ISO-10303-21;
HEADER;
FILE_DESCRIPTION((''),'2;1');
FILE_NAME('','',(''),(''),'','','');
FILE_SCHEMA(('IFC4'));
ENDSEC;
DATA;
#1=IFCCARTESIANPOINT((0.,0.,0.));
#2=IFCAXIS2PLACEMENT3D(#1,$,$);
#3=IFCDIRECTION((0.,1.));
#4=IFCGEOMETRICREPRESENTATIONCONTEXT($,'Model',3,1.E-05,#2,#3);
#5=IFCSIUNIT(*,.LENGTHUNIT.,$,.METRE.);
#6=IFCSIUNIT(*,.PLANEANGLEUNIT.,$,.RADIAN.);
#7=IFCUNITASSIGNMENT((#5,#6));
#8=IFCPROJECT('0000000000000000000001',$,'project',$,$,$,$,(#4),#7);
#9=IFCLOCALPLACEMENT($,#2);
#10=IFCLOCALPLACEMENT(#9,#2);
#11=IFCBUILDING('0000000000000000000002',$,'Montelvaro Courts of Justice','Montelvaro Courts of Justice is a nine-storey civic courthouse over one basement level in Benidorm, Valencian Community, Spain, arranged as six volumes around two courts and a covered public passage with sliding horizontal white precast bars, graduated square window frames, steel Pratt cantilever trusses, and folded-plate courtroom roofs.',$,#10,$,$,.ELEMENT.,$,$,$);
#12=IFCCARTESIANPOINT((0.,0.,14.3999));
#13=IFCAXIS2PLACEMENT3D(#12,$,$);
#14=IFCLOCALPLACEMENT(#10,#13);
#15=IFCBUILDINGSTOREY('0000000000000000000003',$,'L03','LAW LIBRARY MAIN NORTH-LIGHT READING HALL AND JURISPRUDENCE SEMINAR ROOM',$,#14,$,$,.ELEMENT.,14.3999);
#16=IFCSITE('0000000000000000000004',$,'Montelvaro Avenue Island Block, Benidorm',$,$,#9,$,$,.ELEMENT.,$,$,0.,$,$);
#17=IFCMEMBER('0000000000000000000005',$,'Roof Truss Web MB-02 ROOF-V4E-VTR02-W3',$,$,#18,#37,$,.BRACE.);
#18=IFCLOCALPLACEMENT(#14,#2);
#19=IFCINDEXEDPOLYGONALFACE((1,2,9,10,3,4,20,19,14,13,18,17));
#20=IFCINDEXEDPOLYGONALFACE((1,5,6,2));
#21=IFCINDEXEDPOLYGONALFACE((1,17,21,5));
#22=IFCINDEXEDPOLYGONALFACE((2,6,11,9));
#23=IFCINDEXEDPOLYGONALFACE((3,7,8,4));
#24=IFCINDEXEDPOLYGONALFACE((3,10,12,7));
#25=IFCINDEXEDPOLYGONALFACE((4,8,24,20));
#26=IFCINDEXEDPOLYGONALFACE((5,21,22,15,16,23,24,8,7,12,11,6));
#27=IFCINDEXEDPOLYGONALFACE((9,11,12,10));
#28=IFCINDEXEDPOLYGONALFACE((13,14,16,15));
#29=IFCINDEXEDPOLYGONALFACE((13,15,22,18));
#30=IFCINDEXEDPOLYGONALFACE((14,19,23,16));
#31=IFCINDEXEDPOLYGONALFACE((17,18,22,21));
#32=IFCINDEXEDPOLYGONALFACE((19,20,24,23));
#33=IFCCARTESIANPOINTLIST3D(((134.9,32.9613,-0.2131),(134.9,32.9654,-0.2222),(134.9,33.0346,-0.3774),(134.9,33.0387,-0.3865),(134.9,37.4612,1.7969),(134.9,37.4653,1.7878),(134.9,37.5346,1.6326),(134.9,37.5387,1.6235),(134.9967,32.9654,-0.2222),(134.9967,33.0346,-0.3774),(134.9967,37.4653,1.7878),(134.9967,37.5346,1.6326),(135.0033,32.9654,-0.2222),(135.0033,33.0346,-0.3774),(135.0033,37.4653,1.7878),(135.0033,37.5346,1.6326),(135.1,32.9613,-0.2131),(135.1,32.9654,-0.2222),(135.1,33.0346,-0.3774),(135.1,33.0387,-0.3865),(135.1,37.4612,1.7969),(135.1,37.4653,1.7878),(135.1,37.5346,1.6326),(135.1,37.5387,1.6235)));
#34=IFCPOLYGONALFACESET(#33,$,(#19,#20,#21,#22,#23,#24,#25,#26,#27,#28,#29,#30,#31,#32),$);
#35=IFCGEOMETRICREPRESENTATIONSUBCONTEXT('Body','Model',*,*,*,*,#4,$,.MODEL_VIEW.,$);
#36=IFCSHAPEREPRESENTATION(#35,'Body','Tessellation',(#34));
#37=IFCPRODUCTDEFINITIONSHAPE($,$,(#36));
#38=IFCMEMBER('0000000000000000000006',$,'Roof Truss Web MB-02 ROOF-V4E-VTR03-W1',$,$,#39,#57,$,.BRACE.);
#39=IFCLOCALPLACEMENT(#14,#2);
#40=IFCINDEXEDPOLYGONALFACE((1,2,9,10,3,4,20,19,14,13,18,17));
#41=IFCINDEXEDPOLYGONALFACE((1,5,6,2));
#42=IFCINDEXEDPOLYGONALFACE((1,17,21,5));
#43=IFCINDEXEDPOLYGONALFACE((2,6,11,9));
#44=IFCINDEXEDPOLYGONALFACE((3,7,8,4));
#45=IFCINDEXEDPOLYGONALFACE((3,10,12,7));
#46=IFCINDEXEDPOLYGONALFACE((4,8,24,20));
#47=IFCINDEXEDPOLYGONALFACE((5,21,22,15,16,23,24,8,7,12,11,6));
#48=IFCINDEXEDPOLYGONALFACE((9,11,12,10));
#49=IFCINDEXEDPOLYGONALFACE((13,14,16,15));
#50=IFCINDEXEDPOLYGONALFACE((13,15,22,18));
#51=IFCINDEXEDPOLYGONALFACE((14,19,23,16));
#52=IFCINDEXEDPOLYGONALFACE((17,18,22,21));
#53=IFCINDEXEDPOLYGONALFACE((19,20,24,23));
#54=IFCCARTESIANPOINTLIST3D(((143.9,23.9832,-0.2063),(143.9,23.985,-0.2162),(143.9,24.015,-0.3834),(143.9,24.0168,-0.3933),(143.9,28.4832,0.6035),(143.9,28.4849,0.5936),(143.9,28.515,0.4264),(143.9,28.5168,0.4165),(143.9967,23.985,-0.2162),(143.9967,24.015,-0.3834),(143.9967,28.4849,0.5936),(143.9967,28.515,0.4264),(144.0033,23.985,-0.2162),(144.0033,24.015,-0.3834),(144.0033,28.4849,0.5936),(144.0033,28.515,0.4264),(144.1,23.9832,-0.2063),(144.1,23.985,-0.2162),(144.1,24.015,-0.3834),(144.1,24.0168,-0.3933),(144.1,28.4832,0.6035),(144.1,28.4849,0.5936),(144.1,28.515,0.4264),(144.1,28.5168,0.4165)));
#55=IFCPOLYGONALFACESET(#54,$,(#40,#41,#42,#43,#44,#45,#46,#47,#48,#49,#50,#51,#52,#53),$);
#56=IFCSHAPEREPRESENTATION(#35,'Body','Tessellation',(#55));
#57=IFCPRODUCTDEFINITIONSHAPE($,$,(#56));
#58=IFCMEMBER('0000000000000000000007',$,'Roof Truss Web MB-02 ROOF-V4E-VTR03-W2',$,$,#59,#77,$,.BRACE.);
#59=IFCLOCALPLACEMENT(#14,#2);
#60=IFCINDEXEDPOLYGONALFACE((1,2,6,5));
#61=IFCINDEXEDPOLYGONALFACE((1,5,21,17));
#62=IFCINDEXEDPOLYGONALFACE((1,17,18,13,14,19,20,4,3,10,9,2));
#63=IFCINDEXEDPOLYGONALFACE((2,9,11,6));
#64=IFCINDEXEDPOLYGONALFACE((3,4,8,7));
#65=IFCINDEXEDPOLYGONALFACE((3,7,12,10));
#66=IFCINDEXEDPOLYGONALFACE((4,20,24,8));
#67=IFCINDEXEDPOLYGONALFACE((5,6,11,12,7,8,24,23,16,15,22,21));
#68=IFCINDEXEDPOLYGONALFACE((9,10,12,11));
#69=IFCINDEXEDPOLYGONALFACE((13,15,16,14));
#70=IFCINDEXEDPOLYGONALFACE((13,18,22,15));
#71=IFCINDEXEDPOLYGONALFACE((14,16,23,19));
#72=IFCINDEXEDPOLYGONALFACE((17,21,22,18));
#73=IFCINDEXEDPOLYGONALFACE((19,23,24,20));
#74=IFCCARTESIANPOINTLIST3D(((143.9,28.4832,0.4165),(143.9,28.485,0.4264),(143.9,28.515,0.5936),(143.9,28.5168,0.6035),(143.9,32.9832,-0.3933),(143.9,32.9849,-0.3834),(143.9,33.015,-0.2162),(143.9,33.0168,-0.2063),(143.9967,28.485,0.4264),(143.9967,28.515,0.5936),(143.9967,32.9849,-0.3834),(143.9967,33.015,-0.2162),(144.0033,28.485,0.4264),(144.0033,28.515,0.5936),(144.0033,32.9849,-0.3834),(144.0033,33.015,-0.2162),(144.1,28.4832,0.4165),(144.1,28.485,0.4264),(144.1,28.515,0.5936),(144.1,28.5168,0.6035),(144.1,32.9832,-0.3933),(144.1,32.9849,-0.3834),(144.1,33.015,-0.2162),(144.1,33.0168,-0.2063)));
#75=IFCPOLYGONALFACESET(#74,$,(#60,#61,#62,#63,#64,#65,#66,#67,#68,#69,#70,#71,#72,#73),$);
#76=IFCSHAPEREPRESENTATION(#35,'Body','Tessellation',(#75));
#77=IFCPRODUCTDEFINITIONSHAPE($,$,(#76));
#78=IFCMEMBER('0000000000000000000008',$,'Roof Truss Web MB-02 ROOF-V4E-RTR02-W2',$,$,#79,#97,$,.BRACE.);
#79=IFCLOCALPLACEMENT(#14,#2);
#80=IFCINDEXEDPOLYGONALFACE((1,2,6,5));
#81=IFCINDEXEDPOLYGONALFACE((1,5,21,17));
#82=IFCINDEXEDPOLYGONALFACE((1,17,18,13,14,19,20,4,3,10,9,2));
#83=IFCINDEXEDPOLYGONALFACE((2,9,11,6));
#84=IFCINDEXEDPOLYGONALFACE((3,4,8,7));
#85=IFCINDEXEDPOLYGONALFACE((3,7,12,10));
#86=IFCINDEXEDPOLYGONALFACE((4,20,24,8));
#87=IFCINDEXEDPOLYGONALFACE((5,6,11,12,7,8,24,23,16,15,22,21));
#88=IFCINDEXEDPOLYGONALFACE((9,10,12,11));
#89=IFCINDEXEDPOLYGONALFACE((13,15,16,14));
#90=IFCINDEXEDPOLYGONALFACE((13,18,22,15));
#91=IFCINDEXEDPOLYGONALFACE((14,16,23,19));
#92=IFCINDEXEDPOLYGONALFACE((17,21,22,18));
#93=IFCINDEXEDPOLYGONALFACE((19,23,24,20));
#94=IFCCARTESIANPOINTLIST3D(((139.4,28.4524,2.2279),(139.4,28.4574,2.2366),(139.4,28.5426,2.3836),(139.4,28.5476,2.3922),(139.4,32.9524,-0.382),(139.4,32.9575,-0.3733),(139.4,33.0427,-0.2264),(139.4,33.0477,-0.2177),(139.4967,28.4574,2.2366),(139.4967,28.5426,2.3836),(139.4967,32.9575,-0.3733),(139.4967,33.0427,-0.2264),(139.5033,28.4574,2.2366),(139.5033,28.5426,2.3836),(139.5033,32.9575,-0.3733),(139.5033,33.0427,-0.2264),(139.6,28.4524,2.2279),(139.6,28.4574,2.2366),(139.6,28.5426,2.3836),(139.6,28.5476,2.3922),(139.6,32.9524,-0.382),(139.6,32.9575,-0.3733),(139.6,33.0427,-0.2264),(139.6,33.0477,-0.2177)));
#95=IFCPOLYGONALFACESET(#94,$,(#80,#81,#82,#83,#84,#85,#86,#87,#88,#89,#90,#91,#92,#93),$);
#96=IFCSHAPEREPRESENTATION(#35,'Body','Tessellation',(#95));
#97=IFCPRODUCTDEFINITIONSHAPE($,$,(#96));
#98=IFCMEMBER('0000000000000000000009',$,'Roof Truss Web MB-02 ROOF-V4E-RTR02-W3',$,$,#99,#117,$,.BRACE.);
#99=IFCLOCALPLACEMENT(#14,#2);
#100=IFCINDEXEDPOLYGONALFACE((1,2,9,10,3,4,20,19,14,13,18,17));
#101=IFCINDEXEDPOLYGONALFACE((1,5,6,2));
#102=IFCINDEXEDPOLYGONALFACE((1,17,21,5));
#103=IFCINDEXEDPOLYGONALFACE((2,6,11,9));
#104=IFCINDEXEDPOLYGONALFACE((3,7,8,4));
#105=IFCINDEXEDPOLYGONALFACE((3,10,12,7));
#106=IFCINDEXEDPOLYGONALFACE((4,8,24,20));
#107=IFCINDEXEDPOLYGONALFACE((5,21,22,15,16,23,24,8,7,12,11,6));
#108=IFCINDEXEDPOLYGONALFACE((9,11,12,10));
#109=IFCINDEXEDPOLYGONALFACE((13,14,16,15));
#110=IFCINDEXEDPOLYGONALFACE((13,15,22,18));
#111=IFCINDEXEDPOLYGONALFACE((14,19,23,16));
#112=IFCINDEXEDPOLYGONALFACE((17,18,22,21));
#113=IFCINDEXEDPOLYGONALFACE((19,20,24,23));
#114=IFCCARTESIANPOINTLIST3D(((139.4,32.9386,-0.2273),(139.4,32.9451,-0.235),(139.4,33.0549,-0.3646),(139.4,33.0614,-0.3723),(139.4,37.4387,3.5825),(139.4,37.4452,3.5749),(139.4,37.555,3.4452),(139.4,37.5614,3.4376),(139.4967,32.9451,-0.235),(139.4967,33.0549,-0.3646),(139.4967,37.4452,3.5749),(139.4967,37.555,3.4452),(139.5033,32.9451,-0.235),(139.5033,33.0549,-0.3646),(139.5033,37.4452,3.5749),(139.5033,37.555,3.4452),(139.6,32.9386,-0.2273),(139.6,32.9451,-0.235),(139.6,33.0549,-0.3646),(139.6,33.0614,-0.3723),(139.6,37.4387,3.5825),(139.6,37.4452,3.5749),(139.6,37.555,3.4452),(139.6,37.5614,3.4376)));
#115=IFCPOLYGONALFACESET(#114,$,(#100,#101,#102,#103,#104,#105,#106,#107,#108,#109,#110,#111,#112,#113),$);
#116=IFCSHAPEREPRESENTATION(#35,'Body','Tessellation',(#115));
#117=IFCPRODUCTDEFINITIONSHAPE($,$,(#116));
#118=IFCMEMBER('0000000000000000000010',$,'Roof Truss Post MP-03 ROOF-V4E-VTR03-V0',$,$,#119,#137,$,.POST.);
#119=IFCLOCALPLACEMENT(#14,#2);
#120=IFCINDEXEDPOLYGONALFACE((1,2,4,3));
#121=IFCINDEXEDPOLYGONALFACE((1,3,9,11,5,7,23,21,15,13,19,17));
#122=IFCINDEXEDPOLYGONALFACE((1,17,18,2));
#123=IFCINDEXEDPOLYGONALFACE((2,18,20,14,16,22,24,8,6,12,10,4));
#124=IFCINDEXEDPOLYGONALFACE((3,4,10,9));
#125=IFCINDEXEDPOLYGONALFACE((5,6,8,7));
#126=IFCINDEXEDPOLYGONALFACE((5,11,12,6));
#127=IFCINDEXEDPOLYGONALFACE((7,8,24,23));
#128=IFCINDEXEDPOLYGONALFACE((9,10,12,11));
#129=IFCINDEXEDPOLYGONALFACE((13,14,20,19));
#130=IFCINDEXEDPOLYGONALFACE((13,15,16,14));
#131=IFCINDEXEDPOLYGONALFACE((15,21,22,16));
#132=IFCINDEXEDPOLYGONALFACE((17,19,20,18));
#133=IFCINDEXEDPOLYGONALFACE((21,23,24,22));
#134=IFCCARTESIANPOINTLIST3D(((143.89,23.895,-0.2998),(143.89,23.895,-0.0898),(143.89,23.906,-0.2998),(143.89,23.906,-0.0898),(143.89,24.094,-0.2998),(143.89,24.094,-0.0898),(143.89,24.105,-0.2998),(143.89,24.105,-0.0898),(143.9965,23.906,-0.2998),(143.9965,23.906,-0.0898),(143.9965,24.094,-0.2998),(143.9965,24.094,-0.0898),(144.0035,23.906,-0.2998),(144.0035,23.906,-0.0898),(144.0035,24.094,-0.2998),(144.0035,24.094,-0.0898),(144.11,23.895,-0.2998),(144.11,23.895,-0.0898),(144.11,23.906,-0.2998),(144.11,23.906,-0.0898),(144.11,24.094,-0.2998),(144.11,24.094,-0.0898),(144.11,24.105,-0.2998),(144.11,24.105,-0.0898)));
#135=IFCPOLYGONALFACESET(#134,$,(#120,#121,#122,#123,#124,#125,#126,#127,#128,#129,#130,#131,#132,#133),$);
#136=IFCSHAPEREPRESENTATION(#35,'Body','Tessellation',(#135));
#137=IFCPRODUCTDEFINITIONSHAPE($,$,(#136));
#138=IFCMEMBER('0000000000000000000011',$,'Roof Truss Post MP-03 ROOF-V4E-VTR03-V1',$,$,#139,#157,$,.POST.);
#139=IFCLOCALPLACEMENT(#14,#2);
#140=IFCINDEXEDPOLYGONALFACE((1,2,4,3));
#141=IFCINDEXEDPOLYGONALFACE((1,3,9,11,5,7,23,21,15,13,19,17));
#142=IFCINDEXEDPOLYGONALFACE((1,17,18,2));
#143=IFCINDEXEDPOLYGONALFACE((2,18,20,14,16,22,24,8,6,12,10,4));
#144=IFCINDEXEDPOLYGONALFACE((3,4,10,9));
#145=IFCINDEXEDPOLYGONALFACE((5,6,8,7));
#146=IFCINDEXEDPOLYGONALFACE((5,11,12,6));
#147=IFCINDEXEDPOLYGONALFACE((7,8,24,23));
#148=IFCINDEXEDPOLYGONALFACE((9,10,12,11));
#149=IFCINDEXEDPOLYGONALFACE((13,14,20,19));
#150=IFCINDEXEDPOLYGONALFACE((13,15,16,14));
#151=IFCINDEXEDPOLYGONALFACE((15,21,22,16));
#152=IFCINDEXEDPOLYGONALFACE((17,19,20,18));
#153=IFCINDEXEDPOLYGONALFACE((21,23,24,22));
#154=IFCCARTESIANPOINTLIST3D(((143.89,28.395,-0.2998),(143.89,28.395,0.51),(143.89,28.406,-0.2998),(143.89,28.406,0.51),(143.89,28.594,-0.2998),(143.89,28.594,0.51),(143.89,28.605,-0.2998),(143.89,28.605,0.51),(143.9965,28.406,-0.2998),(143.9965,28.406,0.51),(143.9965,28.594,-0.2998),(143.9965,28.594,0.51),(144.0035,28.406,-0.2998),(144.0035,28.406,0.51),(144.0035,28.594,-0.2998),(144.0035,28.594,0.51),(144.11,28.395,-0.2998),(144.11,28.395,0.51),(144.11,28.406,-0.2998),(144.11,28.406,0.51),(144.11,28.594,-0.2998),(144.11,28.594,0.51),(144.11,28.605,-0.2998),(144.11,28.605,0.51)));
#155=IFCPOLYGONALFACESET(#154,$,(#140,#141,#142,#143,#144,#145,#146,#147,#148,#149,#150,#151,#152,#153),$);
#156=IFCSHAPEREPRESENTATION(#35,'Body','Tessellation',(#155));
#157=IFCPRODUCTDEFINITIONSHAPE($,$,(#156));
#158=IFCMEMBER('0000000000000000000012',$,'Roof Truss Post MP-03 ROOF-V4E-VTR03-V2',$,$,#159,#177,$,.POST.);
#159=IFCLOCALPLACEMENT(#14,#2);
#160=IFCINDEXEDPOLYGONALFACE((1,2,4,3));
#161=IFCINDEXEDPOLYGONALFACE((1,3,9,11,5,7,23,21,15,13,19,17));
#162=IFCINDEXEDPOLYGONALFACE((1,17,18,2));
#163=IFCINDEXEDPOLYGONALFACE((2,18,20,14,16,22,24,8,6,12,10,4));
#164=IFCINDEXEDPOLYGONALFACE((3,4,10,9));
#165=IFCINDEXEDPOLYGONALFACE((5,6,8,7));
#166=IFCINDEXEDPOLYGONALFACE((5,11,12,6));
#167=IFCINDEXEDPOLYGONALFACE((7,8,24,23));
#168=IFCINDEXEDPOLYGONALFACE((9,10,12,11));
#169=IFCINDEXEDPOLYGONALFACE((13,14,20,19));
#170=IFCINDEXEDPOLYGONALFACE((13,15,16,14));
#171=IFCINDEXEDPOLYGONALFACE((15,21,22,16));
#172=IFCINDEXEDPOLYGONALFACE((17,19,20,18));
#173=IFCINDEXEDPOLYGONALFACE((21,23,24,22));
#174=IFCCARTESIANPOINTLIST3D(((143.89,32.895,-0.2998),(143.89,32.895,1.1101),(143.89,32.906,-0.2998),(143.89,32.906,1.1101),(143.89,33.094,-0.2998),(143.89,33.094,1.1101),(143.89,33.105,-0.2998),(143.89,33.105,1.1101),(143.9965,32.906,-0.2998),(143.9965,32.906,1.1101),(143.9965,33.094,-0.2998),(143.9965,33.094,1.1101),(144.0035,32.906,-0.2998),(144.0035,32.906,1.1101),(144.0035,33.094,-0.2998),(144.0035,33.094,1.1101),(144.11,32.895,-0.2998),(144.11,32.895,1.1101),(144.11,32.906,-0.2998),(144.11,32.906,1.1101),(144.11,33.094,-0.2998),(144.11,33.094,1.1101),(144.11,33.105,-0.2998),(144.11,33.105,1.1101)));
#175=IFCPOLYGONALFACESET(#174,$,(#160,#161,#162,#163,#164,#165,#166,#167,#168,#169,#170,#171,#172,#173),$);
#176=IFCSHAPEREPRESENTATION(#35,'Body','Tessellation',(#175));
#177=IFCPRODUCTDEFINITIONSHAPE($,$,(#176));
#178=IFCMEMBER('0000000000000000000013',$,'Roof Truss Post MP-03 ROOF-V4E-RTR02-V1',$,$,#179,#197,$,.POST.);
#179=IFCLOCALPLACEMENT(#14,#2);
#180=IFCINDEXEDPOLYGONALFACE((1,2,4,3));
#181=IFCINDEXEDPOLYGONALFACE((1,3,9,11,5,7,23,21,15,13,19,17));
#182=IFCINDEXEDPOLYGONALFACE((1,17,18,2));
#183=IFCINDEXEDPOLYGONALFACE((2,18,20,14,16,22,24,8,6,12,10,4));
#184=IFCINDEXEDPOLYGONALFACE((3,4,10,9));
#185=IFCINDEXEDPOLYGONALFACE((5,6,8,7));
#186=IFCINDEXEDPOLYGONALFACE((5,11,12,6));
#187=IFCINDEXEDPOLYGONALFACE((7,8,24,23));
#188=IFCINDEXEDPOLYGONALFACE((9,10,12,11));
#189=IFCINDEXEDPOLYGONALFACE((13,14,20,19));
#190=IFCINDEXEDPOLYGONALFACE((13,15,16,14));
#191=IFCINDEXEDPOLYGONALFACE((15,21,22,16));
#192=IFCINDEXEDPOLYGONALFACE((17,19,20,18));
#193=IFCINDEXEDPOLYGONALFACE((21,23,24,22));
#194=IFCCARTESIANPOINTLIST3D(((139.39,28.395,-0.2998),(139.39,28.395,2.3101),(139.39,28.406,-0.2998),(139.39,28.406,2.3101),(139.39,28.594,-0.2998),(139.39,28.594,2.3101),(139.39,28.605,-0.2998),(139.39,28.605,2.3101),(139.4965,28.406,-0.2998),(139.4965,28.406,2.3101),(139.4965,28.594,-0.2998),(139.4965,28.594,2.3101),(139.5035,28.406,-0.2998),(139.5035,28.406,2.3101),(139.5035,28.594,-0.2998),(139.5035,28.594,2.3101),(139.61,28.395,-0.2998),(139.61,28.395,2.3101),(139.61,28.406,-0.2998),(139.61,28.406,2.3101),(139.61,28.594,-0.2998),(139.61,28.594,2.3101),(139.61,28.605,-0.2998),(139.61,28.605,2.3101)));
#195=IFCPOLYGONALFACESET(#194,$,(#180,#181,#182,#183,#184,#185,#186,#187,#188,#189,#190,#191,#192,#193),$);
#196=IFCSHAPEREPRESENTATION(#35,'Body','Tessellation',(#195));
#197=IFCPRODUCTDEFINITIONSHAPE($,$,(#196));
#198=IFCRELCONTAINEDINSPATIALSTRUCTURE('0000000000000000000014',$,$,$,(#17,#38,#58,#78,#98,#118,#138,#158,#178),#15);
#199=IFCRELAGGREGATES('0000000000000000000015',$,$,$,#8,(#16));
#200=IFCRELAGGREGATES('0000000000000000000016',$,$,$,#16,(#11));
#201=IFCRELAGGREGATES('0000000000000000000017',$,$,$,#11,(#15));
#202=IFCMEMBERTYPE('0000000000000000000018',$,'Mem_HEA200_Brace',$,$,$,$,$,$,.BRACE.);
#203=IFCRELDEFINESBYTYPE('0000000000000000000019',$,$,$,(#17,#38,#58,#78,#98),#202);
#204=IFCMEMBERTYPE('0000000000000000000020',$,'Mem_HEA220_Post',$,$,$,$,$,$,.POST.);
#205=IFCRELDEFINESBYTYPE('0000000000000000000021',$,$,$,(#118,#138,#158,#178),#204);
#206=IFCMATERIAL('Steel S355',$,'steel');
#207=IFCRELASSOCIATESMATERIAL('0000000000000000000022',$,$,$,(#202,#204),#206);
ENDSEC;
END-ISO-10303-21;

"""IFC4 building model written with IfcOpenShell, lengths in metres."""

from ifc_helpers import new_model, si_unit, direction, frame, origin, origin_2d, place, context, subcontext, project, spatial, i_section, extrude, material, material_profile, profile_set, type_object, element, save


model = new_model("IFC4")

# Units and contexts
model_context = context("Model", 3, precision=1e-05, world=origin(), true_north=direction((0.0, 1.0)))
body_context = subcontext(model_context, "Body", "Model", "MODEL_VIEW")
ifc_project = project(units=[si_unit("LENGTHUNIT", "METRE"), si_unit("PLANEANGLEUNIT", "RADIAN")], contexts=[model_context])

# Site, building, storey
site_placement = place(None, origin())
site = spatial("IfcSite", under=ifc_project, at=site_placement, Name="Montelvaro Avenue Island Block, Benidorm", CompositionType="ELEMENT", RefElevation=0.0)
building_placement = place(site_placement, origin())
building = spatial("IfcBuilding", under=site, at=building_placement, Name="Montelvaro Courts of Justice", Description="Montelvaro Courts of Justice is a nine-storey civic courthouse over one basement level in Benidorm, Valencian Community, Spain, arranged as six volumes around two courts and a covered public passage with sliding horizontal white precast bars, graduated square window frames, steel Pratt cantilever trusses, and folded-plate courtroom roofs.", CompositionType="ELEMENT")
storey_placement = place(building_placement, frame((0.0, 0.0, 14.3999)))
storey = spatial("IfcBuildingStorey", under=building, at=storey_placement, Name="L03", Description="LAW LIBRARY MAIN NORTH-LIGHT READING HALL AND JURISPRUDENCE SEMINAR ROOM", CompositionType="ELEMENT", Elevation=14.3999)

# Members
ifc_material_1 = material(Name="Steel S355", Category="steel")
ifc_material_profile_1 = material_profile(ifc_material_1, i_section(OverallWidth=0.2, OverallDepth=0.1899, WebThickness=0.0066, FlangeThickness=0.01, at=origin_2d()), Name="HEA 200")
ifc_profile_set_1 = profile_set([ifc_material_profile_1], Name="Steel S355")
member_type_1 = type_object("IfcMemberType", Name="Mem_HEA200_Brace", PredefinedType="BRACE", material=ifc_profile_set_1)
member_1_placement = place(storey_placement, frame((135.0, 33.0, -0.2998), z_axis=(0.0, 0.913056, 0.407834), x_axis=(-1.0, 0.0, 0.0)))
element("IfcMember", 1, at=member_1_placement, inside=storey, type_object=member_type_1, Name="Roof Truss Web MB-02 ROOF-V4E-VTR02-W3", PredefinedType="BRACE", context=body_context, shape_type="SweptSolid", body=[
    extrude(i_section(OverallWidth=0.2, OverallDepth=0.1899, WebThickness=0.0066, FlangeThickness=0.01, at=origin_2d()), origin(), (0.0, 0.0, 1.0), 4.9285),
])
for number, where, z_axis, x_axis, name in (
    (2, (144.0, 24.0, -0.2998), (0.0, 0.98419, 0.177114), (-1.0, 0.0, 0.0), "Roof Truss Web MB-02 ROOF-V4E-VTR03-W1"),
    (3, (144.0, 28.5, 0.51), (0.0, 0.98419, -0.177114), (-1.0, 0.0, 0.0), "Roof Truss Web MB-02 ROOF-V4E-VTR03-W2"),
):
    element("IfcMember", number, at=place(storey_placement, frame(where, z_axis=z_axis, x_axis=x_axis)), inside=storey, type_object=member_type_1, Name=name, PredefinedType="BRACE", context=body_context, shape_type="SweptSolid", body=[
        extrude(i_section(OverallWidth=0.2, OverallDepth=0.1899, WebThickness=0.0066, FlangeThickness=0.01, at=origin_2d()), origin(), (0.0, 0.0, 1.0), 4.5723),
    ])
member_2_placement = place(storey_placement, frame((139.5, 28.5, 2.3101), z_axis=(0.0, 0.865043, -0.501698), x_axis=(-1.0, 0.0, 0.0)))
element("IfcMember", 4, at=member_2_placement, inside=storey, type_object=member_type_1, Name="Roof Truss Web MB-02 ROOF-V4E-RTR02-W2", PredefinedType="BRACE", context=body_context, shape_type="SweptSolid", body=[
    extrude(i_section(OverallWidth=0.2, OverallDepth=0.1899, WebThickness=0.0066, FlangeThickness=0.01, at=origin_2d()), origin(), (0.0, 0.0, 1.0), 5.2021),
])
member_3_placement = place(storey_placement, frame((139.5, 33.0, -0.2998), z_axis=(0.0, 0.763209, 0.646152), x_axis=(-1.0, 0.0, 0.0)))
element("IfcMember", 5, at=member_3_placement, inside=storey, type_object=member_type_1, Name="Roof Truss Web MB-02 ROOF-V4E-RTR02-W3", PredefinedType="BRACE", context=body_context, shape_type="SweptSolid", body=[
    extrude(i_section(OverallWidth=0.2, OverallDepth=0.1899, WebThickness=0.0066, FlangeThickness=0.01, at=origin_2d()), origin(), (0.0, 0.0, 1.0), 5.8962),
])
ifc_material_profile_2 = material_profile(ifc_material_1, i_section(OverallWidth=0.22, OverallDepth=0.21, WebThickness=0.0071, FlangeThickness=0.011, at=origin_2d()), Name="HEA 220")
ifc_profile_set_2 = profile_set([ifc_material_profile_2], Name="Steel S355")
member_type_2 = type_object("IfcMemberType", Name="Mem_HEA220_Post", PredefinedType="POST", material=ifc_profile_set_2)
member_4_placement = place(storey_placement, frame((144.0, 24.0, -0.2998), z_axis=(0.0, 0.0, 1.0), x_axis=(1.0, 0.0, 0.0)))
element("IfcMember", 6, at=member_4_placement, inside=storey, type_object=member_type_2, Name="Roof Truss Post MP-03 ROOF-V4E-VTR03-V0", PredefinedType="POST", context=body_context, shape_type="SweptSolid", body=[
    extrude(i_section(OverallWidth=0.22, OverallDepth=0.21, WebThickness=0.0071, FlangeThickness=0.011, at=origin_2d()), origin(), (0.0, 0.0, 1.0), 0.21),
])
member_5_placement = place(storey_placement, frame((144.0, 28.5, -0.2998), z_axis=(0.0, 0.0, 1.0), x_axis=(1.0, 0.0, 0.0)))
element("IfcMember", 7, at=member_5_placement, inside=storey, type_object=member_type_2, Name="Roof Truss Post MP-03 ROOF-V4E-VTR03-V1", PredefinedType="POST", context=body_context, shape_type="SweptSolid", body=[
    extrude(i_section(OverallWidth=0.22, OverallDepth=0.21, WebThickness=0.0071, FlangeThickness=0.011, at=origin_2d()), origin(), (0.0, 0.0, 1.0), 0.8098),
])
member_6_placement = place(storey_placement, frame((144.0, 33.0, -0.2998), z_axis=(0.0, 0.0, 1.0), x_axis=(1.0, 0.0, 0.0)))
element("IfcMember", 8, at=member_6_placement, inside=storey, type_object=member_type_2, Name="Roof Truss Post MP-03 ROOF-V4E-VTR03-V2", PredefinedType="POST", context=body_context, shape_type="SweptSolid", body=[
    extrude(i_section(OverallWidth=0.22, OverallDepth=0.21, WebThickness=0.0071, FlangeThickness=0.011, at=origin_2d()), origin(), (0.0, 0.0, 1.0), 1.4099),
])
member_7_placement = place(storey_placement, frame((139.5, 28.5, -0.2998), z_axis=(0.0, 0.0, 1.0), x_axis=(1.0, 0.0, 0.0)))
element("IfcMember", 9, at=member_7_placement, inside=storey, type_object=member_type_2, Name="Roof Truss Post MP-03 ROOF-V4E-RTR02-V1", PredefinedType="POST", context=body_context, shape_type="SweptSolid", body=[
    extrude(i_section(OverallWidth=0.22, OverallDepth=0.21, WebThickness=0.0071, FlangeThickness=0.011, at=origin_2d()), origin(), (0.0, 0.0, 1.0), 2.6099),
])

save(model, "model.ifc")
